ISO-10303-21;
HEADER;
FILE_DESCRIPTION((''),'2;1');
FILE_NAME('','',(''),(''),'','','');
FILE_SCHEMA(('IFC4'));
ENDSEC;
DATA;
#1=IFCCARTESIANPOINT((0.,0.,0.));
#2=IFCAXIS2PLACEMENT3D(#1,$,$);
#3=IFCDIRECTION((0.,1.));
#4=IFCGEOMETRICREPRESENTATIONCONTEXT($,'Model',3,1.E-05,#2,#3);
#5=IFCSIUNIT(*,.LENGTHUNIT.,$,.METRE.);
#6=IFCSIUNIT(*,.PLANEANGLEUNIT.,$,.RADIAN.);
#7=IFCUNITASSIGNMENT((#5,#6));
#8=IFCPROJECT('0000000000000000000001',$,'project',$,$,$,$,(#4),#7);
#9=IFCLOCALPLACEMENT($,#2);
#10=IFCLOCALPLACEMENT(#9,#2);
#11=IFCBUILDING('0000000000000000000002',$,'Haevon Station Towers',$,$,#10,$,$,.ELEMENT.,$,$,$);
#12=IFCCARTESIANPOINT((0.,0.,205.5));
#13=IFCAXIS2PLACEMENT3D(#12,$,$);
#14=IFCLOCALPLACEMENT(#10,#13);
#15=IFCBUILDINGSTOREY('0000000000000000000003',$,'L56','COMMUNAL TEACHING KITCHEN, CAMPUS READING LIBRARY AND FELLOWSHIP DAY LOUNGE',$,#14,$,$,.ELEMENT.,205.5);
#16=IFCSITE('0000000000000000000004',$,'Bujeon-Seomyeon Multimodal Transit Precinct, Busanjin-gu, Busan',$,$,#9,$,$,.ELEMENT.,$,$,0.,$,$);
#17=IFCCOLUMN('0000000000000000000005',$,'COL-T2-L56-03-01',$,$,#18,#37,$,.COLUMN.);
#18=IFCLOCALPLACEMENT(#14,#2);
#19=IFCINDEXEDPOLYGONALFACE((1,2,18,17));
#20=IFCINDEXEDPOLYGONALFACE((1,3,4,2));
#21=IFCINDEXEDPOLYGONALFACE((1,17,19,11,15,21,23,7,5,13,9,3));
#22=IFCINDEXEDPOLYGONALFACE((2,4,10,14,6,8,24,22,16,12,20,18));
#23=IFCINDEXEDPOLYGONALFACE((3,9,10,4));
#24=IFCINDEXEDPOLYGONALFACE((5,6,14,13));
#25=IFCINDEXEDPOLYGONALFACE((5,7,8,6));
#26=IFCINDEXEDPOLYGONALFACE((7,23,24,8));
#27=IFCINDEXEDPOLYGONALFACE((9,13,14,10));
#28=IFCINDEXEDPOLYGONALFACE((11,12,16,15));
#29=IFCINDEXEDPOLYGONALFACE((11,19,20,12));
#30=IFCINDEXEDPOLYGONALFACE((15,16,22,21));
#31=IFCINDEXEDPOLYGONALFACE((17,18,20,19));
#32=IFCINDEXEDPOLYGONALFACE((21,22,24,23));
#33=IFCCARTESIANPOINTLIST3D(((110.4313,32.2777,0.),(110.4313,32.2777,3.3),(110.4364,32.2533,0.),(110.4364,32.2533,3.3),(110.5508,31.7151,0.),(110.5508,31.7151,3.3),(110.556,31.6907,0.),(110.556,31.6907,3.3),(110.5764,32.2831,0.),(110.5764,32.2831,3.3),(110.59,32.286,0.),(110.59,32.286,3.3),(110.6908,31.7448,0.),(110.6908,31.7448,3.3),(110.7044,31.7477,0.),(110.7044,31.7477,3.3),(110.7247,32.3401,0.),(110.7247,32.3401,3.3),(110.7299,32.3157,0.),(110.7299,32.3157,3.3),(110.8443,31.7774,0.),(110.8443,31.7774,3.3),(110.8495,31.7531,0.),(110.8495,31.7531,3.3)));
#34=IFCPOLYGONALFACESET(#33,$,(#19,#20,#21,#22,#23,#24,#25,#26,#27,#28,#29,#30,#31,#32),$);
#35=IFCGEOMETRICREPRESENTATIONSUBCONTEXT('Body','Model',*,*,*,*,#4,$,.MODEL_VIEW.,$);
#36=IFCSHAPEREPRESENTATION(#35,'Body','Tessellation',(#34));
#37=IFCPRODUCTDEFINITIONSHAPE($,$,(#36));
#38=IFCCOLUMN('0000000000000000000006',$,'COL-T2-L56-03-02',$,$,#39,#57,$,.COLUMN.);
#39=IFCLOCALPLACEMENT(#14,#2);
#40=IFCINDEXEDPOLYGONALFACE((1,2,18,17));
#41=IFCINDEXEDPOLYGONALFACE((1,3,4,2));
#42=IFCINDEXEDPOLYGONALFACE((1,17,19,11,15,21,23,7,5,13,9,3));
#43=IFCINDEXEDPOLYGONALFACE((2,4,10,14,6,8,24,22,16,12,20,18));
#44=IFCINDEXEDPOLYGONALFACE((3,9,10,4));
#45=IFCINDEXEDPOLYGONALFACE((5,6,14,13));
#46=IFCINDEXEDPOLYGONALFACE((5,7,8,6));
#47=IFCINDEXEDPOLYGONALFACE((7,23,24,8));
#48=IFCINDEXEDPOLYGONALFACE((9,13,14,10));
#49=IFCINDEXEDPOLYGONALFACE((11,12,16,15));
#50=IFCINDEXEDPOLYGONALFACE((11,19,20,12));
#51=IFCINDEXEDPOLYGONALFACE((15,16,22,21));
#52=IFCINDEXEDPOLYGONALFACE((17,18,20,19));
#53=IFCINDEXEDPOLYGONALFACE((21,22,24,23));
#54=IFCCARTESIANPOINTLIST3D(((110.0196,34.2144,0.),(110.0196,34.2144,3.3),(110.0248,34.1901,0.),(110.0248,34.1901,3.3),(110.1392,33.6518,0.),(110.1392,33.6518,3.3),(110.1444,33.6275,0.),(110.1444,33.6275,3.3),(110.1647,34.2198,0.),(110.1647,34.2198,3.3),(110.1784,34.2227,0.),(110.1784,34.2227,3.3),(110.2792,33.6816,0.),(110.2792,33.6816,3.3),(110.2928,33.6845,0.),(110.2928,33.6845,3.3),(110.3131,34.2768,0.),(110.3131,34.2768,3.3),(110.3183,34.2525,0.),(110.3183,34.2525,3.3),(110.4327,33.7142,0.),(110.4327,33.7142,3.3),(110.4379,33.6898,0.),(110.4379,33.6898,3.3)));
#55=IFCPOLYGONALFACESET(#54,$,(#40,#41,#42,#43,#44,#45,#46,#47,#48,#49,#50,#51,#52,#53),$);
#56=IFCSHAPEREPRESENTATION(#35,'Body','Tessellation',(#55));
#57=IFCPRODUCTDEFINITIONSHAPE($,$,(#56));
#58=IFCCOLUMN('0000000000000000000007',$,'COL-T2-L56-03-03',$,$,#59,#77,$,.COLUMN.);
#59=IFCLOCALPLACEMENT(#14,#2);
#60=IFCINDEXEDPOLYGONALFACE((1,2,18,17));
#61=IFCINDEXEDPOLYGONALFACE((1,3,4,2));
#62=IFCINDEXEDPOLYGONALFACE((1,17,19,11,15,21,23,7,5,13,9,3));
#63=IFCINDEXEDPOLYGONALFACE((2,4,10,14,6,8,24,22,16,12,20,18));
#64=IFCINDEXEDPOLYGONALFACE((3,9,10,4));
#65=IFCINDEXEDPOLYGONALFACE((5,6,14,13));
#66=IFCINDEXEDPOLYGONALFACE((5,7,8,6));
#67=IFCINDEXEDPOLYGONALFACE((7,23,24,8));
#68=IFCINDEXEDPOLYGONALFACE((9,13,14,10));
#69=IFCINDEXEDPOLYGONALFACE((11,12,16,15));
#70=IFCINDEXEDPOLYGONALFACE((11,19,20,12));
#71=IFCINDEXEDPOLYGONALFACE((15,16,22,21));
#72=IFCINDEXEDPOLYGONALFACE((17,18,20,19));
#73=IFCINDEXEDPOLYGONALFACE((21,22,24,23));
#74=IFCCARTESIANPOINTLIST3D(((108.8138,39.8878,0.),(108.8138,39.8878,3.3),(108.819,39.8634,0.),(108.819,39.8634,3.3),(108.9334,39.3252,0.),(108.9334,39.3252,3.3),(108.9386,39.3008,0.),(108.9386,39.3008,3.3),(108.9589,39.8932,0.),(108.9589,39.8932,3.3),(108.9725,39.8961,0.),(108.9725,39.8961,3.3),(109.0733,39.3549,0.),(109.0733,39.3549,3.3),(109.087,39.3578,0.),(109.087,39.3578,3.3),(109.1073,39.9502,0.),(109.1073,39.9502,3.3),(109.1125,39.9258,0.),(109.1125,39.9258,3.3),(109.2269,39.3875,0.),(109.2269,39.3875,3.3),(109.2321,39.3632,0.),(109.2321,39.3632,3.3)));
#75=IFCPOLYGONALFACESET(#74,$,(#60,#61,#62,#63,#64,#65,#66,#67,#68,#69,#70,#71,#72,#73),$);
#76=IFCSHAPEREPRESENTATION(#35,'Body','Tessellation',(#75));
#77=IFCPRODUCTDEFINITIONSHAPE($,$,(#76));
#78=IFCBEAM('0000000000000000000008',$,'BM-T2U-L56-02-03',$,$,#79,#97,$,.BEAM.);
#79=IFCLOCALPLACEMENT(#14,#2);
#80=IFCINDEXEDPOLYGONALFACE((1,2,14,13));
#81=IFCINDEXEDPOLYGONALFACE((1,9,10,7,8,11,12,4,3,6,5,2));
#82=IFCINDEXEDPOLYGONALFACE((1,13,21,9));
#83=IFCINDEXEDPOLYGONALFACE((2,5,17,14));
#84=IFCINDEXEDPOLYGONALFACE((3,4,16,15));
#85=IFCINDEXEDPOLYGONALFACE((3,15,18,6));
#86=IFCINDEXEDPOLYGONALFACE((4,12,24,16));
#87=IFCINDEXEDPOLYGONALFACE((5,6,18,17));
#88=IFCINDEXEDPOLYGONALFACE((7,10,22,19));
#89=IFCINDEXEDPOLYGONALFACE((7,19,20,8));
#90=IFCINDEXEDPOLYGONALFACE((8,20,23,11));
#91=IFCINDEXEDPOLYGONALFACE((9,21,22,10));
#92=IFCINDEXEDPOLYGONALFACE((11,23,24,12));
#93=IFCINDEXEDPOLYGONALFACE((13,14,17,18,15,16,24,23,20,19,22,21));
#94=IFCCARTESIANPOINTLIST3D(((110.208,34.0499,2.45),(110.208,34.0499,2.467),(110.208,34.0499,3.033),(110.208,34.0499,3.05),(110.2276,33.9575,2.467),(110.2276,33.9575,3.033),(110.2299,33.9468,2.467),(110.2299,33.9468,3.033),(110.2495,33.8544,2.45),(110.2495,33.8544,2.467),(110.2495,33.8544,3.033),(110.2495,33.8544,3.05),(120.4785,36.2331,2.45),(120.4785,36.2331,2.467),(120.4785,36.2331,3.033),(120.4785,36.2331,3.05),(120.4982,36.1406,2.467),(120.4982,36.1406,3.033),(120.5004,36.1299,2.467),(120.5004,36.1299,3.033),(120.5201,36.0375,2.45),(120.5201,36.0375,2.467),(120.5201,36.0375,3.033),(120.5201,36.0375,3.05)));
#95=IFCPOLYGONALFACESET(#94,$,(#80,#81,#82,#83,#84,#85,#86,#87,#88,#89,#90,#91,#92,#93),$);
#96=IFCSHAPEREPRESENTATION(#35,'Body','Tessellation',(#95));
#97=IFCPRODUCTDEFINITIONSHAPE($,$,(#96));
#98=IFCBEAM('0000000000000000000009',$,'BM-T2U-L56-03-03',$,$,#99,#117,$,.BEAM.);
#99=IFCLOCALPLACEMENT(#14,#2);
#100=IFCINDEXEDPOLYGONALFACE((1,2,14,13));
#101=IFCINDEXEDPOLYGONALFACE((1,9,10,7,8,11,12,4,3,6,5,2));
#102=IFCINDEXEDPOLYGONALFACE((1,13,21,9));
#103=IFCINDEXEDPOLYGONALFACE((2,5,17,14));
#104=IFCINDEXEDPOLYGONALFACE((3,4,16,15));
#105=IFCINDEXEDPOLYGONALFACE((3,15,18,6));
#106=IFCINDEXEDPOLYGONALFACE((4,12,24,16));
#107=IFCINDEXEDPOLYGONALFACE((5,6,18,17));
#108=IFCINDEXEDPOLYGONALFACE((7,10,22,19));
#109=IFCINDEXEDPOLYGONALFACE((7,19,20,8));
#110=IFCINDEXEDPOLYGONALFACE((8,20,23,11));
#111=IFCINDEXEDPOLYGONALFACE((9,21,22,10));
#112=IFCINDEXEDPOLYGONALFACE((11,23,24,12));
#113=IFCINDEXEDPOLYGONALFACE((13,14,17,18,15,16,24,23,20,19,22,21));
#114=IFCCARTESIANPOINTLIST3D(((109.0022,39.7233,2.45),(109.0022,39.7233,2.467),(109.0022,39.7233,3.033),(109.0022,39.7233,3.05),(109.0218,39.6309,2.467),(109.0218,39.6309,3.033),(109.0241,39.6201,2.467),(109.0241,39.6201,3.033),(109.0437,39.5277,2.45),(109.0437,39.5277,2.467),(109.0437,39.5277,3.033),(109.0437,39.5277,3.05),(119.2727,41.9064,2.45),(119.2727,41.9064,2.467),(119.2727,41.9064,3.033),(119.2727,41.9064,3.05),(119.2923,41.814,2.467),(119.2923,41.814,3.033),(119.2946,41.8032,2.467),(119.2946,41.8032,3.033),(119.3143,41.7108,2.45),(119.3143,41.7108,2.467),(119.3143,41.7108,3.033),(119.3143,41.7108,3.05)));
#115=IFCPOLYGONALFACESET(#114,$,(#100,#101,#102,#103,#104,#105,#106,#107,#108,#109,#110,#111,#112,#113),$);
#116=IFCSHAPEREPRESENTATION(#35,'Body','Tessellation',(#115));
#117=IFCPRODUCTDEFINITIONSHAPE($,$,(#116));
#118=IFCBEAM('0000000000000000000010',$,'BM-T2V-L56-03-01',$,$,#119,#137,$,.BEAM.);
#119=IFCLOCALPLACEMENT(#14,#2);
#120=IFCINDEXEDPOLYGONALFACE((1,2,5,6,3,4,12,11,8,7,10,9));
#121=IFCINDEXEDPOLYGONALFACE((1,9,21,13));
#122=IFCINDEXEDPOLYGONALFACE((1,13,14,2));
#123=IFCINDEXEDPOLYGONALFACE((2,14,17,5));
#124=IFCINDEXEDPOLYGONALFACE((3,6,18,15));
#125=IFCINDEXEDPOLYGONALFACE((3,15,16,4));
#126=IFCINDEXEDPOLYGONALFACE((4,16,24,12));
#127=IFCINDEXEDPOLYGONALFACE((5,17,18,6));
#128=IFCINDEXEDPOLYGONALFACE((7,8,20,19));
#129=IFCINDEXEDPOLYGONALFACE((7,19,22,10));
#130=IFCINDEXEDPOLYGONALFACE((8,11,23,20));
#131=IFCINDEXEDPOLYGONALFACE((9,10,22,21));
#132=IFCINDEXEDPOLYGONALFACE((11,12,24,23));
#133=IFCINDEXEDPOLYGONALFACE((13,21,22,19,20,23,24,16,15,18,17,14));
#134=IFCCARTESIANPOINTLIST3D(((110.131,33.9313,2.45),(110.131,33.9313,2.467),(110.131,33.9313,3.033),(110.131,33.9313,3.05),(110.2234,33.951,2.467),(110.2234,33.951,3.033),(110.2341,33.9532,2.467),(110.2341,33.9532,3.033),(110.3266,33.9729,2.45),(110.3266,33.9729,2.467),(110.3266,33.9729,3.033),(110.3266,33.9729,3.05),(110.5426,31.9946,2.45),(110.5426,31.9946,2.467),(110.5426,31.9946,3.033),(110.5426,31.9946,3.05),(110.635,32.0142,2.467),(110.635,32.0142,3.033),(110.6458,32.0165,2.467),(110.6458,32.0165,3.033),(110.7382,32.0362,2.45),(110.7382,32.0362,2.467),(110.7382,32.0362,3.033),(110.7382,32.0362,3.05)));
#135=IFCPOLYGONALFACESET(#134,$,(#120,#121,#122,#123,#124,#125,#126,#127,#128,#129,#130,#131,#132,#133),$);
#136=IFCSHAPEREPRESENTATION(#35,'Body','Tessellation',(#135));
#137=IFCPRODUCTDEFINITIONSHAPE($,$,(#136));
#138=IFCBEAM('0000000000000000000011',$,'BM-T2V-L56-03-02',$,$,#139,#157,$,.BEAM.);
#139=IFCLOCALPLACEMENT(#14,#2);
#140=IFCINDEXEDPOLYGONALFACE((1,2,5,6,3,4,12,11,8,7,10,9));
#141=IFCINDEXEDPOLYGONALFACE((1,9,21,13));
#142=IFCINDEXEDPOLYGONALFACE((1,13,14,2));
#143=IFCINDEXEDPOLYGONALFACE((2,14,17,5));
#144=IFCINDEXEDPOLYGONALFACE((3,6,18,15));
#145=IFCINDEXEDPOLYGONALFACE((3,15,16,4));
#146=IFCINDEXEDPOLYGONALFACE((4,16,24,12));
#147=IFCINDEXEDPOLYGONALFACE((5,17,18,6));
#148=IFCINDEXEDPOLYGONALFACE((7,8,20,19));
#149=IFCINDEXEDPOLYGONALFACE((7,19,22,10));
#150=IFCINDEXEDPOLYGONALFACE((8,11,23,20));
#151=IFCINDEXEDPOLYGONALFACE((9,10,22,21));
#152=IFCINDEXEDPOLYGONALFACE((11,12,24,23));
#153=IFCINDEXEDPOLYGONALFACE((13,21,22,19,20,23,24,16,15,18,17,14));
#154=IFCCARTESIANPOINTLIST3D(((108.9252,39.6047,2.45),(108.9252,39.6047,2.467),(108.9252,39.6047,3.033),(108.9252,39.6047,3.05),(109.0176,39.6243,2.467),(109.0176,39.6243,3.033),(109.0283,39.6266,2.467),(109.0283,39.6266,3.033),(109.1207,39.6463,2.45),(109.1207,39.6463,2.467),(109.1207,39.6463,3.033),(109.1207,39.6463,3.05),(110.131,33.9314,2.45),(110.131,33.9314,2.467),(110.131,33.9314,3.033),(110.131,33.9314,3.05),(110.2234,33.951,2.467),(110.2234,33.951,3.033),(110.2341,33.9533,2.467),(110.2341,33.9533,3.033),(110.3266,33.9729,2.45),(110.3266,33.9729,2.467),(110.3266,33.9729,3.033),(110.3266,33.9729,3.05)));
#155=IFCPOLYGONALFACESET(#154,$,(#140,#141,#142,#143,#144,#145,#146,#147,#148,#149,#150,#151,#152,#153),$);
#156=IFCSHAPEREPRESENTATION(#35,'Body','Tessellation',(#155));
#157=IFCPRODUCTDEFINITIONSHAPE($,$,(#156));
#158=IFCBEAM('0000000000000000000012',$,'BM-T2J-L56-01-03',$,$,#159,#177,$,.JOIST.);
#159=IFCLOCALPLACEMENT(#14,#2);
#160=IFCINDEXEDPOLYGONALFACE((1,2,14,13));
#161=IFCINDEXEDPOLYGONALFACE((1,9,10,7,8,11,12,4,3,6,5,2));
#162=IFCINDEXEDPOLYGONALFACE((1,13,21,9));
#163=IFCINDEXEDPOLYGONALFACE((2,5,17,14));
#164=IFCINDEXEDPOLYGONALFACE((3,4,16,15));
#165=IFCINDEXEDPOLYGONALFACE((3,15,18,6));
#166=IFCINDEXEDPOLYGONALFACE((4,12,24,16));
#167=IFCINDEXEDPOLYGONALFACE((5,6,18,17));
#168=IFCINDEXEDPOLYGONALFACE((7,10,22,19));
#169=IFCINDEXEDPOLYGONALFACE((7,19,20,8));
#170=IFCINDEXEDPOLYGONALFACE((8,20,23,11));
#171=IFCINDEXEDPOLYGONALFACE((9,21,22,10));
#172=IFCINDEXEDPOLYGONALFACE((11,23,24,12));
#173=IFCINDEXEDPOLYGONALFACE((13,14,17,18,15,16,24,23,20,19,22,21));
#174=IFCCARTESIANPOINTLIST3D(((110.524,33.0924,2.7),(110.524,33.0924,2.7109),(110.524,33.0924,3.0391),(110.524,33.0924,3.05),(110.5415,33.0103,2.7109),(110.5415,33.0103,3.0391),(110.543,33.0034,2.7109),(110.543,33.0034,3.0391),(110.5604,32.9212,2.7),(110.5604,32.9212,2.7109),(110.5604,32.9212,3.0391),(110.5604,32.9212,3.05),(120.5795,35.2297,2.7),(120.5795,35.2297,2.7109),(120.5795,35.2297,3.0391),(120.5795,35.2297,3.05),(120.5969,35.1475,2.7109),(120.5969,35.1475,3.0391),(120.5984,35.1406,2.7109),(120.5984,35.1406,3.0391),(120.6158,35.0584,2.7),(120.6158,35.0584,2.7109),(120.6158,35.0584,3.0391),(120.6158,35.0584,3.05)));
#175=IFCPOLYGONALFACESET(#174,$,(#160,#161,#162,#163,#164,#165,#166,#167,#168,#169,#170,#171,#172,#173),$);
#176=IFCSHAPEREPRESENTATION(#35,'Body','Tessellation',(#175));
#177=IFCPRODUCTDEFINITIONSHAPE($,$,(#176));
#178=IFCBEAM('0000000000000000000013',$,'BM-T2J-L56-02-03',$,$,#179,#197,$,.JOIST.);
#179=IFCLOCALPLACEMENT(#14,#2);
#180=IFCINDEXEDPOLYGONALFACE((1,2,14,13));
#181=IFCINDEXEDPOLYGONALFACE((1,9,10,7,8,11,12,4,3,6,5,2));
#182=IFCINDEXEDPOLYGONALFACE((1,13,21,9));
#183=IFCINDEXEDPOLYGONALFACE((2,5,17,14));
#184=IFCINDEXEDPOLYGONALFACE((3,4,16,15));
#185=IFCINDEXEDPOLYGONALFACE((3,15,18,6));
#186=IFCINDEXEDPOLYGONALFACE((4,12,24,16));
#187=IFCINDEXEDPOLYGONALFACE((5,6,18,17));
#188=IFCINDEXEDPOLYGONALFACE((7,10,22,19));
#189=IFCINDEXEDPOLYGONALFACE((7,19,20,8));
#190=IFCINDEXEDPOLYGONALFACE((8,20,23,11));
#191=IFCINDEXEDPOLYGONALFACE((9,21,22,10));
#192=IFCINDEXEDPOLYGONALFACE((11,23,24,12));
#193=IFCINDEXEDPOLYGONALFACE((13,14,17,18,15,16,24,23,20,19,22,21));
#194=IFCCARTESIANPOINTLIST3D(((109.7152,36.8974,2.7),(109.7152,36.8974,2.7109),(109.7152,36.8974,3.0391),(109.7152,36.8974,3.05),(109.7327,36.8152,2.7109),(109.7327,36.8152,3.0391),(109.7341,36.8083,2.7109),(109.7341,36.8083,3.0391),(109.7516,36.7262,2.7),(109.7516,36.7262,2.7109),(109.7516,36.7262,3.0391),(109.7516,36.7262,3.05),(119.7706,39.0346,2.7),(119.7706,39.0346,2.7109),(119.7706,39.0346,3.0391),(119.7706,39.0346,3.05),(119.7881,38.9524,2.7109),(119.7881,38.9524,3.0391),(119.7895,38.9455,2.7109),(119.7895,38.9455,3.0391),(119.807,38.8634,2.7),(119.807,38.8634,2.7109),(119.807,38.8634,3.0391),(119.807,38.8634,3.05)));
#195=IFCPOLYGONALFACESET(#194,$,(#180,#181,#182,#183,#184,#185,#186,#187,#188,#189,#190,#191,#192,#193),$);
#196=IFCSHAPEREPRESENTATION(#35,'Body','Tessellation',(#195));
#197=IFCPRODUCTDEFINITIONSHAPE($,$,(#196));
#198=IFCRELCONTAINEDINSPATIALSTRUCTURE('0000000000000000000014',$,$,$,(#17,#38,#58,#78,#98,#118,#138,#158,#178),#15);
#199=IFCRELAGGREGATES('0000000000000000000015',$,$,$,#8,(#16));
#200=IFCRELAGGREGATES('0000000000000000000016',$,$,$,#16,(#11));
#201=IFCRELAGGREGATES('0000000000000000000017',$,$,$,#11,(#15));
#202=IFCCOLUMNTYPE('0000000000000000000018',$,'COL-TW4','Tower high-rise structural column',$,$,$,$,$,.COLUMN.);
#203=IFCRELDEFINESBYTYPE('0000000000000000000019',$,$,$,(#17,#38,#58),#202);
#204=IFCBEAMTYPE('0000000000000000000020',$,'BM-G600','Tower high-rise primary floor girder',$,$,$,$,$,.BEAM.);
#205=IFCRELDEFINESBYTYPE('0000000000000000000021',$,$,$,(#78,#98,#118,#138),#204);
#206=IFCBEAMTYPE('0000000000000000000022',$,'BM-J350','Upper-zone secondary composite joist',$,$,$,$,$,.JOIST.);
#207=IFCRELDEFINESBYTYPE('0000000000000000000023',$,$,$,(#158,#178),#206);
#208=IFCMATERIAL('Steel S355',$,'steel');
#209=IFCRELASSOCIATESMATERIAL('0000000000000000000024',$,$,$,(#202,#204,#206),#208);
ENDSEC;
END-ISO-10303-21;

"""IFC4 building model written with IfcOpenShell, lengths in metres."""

from ifc_helpers import new_model, si_unit, direction, frame, origin, origin_2d, place, context, subcontext, project, spatial, i_section, extrude, material, material_profile, profile_set, type_object, element, save


model = new_model("IFC4")

# Units and contexts
model_context = context("Model", 3, precision=1e-05, world=origin(), true_north=direction((0.0, 1.0)))
body_context = subcontext(model_context, "Body", "Model", "MODEL_VIEW")
ifc_project = project(units=[si_unit("LENGTHUNIT", "METRE"), si_unit("PLANEANGLEUNIT", "RADIAN")], contexts=[model_context])

# Site, building, storey
site_placement = place(None, origin())
site = spatial("IfcSite", under=ifc_project, at=site_placement, Name="Bujeon-Seomyeon Multimodal Transit Precinct, Busanjin-gu, Busan", CompositionType="ELEMENT", RefElevation=0.0)
building_placement = place(site_placement, origin())
building = spatial("IfcBuilding", under=site, at=building_placement, Name="Haevon Station Towers", CompositionType="ELEMENT")
storey_placement = place(building_placement, frame((0.0, 0.0, 205.5)))
storey = spatial("IfcBuildingStorey", under=building, at=storey_placement, Name="L56", Description="COMMUNAL TEACHING KITCHEN, CAMPUS READING LIBRARY AND FELLOWSHIP DAY LOUNGE", CompositionType="ELEMENT", Elevation=205.5)

# Columns
ifc_material_1 = material(Name="Steel S355", Category="steel")
ifc_material_profile_1 = material_profile(ifc_material_1, i_section(OverallWidth=0.3, OverallDepth=0.6001, WebThickness=0.0139, FlangeThickness=0.0249, at=origin_2d()), Name="H-600x300x14x25")
ifc_profile_set_1 = profile_set([ifc_material_profile_1], Name="Steel S355")
column_type = type_object("IfcColumnType", Name="COL-TW4", Description="Tower high-rise structural column", PredefinedType="COLUMN", material=ifc_profile_set_1)
for number, where, z_axis, x_axis, name in (
    (1, (110.6404, 32.0154, 0.0), (0.0, 0.0, 1.0), (0.978148, 0.207912, 0.0), "COL-T2-L56-03-01"),
    (2, (110.2288, 33.9521, 0.0), (0.0, 0.0, 1.0), (0.978148, 0.207912, 0.0), "COL-T2-L56-03-02"),
    (3, (109.0229, 39.6255, 0.0), (0.0, 0.0, 1.0), (0.978148, 0.207912, 0.0), "COL-T2-L56-03-03"),
):
    element("IfcColumn", number, at=place(storey_placement, frame(where, z_axis=z_axis, x_axis=x_axis)), inside=storey, type_object=column_type, Name=name, PredefinedType="COLUMN", context=body_context, shape_type="SweptSolid", body=[
        extrude(i_section(OverallWidth=0.3, OverallDepth=0.6001, WebThickness=0.0139, FlangeThickness=0.0249, at=origin_2d()), origin(), (0.0, 0.0, 1.0), 3.3),
    ])

# Beams
ifc_material_profile_2 = material_profile(ifc_material_1, i_section(OverallWidth=0.2, OverallDepth=0.6001, WebThickness=0.011, FlangeThickness=0.0171, at=origin_2d()), Name="H-600x200x11x17")
ifc_profile_set_2 = profile_set([ifc_material_profile_2], Name="Steel S355")
beam_type_1 = type_object("IfcBeamType", Name="BM-G600", Description="Tower high-rise primary floor girder", PredefinedType="BEAM", material=ifc_profile_set_2)
for number, where, z_axis, x_axis, name in (
    (4, (110.2288, 33.9521, 2.75), (0.978147, 0.207915, 0.0), (-0.207915, 0.978147, 0.0), "BM-T2U-L56-02-03"),
    (5, (109.0229, 39.6255, 2.75), (0.978147, 0.207915, 0.0), (-0.207915, 0.978147, 0.0), "BM-T2U-L56-03-03"),
):
    element("IfcBeam", number, at=place(storey_placement, frame(where, z_axis=z_axis, x_axis=x_axis)), inside=storey, type_object=beam_type_1, Name=name, PredefinedType="BEAM", context=body_context, shape_type="SweptSolid", body=[
        extrude(i_section(OverallWidth=0.2, OverallDepth=0.6001, WebThickness=0.011, FlangeThickness=0.0171, at=origin_2d()), origin(), (0.0, 0.0, 1.0), 10.5),
    ])
beam_1_placement = place(storey_placement, frame((110.6404, 32.0154, 2.75), z_axis=(-0.207887, 0.978153, 0.0), x_axis=(-0.978153, -0.207887, 0.0)))
element("IfcBeam", 6, at=beam_1_placement, inside=storey, type_object=beam_type_1, Name="BM-T2V-L56-03-01", PredefinedType="BEAM", context=body_context, shape_type="SweptSolid", body=[
    extrude(i_section(OverallWidth=0.2, OverallDepth=0.6001, WebThickness=0.011, FlangeThickness=0.0171, at=origin_2d()), origin(), (0.0, 0.0, 1.0), 1.98),
])
beam_2_placement = place(storey_placement, frame((110.2288, 33.9521, 2.75), z_axis=(-0.207896, 0.978151, 0.0), x_axis=(-0.978151, -0.207896, 0.0)))
element("IfcBeam", 7, at=beam_2_placement, inside=storey, type_object=beam_type_1, Name="BM-T2V-L56-03-02", PredefinedType="BEAM", context=body_context, shape_type="SweptSolid", body=[
    extrude(i_section(OverallWidth=0.2, OverallDepth=0.6001, WebThickness=0.011, FlangeThickness=0.0171, at=origin_2d()), origin(), (0.0, 0.0, 1.0), 5.8),
])
ifc_material_profile_3 = material_profile(ifc_material_1, i_section(OverallWidth=0.175, OverallDepth=0.3501, WebThickness=0.0071, FlangeThickness=0.011, at=origin_2d()), Name="H-350x175x7x11")
ifc_profile_set_3 = profile_set([ifc_material_profile_3], Name="Steel S355")
beam_type_2 = type_object("IfcBeamType", Name="BM-J350", Description="Upper-zone secondary composite joist", PredefinedType="JOIST", material=ifc_profile_set_3)
for number, where, z_axis, x_axis, name in (
    (8, (110.5422, 33.0068, 2.875), (0.97815, 0.207899, 0.0), (-0.207899, 0.97815, 0.0), "BM-T2J-L56-01-03"),
    (9, (109.7334, 36.8118, 2.875), (0.97815, 0.207899, 0.0), (-0.207899, 0.97815, 0.0), "BM-T2J-L56-02-03"),
):
    element("IfcBeam", number, at=place(storey_placement, frame(where, z_axis=z_axis, x_axis=x_axis)), inside=storey, type_object=beam_type_2, Name=name, PredefinedType="JOIST", context=body_context, shape_type="SweptSolid", body=[
        extrude(i_section(OverallWidth=0.175, OverallDepth=0.3501, WebThickness=0.0071, FlangeThickness=0.011, at=origin_2d()), origin(), (0.0, 0.0, 1.0), 10.28),
    ])

save(model, "model.ifc")
